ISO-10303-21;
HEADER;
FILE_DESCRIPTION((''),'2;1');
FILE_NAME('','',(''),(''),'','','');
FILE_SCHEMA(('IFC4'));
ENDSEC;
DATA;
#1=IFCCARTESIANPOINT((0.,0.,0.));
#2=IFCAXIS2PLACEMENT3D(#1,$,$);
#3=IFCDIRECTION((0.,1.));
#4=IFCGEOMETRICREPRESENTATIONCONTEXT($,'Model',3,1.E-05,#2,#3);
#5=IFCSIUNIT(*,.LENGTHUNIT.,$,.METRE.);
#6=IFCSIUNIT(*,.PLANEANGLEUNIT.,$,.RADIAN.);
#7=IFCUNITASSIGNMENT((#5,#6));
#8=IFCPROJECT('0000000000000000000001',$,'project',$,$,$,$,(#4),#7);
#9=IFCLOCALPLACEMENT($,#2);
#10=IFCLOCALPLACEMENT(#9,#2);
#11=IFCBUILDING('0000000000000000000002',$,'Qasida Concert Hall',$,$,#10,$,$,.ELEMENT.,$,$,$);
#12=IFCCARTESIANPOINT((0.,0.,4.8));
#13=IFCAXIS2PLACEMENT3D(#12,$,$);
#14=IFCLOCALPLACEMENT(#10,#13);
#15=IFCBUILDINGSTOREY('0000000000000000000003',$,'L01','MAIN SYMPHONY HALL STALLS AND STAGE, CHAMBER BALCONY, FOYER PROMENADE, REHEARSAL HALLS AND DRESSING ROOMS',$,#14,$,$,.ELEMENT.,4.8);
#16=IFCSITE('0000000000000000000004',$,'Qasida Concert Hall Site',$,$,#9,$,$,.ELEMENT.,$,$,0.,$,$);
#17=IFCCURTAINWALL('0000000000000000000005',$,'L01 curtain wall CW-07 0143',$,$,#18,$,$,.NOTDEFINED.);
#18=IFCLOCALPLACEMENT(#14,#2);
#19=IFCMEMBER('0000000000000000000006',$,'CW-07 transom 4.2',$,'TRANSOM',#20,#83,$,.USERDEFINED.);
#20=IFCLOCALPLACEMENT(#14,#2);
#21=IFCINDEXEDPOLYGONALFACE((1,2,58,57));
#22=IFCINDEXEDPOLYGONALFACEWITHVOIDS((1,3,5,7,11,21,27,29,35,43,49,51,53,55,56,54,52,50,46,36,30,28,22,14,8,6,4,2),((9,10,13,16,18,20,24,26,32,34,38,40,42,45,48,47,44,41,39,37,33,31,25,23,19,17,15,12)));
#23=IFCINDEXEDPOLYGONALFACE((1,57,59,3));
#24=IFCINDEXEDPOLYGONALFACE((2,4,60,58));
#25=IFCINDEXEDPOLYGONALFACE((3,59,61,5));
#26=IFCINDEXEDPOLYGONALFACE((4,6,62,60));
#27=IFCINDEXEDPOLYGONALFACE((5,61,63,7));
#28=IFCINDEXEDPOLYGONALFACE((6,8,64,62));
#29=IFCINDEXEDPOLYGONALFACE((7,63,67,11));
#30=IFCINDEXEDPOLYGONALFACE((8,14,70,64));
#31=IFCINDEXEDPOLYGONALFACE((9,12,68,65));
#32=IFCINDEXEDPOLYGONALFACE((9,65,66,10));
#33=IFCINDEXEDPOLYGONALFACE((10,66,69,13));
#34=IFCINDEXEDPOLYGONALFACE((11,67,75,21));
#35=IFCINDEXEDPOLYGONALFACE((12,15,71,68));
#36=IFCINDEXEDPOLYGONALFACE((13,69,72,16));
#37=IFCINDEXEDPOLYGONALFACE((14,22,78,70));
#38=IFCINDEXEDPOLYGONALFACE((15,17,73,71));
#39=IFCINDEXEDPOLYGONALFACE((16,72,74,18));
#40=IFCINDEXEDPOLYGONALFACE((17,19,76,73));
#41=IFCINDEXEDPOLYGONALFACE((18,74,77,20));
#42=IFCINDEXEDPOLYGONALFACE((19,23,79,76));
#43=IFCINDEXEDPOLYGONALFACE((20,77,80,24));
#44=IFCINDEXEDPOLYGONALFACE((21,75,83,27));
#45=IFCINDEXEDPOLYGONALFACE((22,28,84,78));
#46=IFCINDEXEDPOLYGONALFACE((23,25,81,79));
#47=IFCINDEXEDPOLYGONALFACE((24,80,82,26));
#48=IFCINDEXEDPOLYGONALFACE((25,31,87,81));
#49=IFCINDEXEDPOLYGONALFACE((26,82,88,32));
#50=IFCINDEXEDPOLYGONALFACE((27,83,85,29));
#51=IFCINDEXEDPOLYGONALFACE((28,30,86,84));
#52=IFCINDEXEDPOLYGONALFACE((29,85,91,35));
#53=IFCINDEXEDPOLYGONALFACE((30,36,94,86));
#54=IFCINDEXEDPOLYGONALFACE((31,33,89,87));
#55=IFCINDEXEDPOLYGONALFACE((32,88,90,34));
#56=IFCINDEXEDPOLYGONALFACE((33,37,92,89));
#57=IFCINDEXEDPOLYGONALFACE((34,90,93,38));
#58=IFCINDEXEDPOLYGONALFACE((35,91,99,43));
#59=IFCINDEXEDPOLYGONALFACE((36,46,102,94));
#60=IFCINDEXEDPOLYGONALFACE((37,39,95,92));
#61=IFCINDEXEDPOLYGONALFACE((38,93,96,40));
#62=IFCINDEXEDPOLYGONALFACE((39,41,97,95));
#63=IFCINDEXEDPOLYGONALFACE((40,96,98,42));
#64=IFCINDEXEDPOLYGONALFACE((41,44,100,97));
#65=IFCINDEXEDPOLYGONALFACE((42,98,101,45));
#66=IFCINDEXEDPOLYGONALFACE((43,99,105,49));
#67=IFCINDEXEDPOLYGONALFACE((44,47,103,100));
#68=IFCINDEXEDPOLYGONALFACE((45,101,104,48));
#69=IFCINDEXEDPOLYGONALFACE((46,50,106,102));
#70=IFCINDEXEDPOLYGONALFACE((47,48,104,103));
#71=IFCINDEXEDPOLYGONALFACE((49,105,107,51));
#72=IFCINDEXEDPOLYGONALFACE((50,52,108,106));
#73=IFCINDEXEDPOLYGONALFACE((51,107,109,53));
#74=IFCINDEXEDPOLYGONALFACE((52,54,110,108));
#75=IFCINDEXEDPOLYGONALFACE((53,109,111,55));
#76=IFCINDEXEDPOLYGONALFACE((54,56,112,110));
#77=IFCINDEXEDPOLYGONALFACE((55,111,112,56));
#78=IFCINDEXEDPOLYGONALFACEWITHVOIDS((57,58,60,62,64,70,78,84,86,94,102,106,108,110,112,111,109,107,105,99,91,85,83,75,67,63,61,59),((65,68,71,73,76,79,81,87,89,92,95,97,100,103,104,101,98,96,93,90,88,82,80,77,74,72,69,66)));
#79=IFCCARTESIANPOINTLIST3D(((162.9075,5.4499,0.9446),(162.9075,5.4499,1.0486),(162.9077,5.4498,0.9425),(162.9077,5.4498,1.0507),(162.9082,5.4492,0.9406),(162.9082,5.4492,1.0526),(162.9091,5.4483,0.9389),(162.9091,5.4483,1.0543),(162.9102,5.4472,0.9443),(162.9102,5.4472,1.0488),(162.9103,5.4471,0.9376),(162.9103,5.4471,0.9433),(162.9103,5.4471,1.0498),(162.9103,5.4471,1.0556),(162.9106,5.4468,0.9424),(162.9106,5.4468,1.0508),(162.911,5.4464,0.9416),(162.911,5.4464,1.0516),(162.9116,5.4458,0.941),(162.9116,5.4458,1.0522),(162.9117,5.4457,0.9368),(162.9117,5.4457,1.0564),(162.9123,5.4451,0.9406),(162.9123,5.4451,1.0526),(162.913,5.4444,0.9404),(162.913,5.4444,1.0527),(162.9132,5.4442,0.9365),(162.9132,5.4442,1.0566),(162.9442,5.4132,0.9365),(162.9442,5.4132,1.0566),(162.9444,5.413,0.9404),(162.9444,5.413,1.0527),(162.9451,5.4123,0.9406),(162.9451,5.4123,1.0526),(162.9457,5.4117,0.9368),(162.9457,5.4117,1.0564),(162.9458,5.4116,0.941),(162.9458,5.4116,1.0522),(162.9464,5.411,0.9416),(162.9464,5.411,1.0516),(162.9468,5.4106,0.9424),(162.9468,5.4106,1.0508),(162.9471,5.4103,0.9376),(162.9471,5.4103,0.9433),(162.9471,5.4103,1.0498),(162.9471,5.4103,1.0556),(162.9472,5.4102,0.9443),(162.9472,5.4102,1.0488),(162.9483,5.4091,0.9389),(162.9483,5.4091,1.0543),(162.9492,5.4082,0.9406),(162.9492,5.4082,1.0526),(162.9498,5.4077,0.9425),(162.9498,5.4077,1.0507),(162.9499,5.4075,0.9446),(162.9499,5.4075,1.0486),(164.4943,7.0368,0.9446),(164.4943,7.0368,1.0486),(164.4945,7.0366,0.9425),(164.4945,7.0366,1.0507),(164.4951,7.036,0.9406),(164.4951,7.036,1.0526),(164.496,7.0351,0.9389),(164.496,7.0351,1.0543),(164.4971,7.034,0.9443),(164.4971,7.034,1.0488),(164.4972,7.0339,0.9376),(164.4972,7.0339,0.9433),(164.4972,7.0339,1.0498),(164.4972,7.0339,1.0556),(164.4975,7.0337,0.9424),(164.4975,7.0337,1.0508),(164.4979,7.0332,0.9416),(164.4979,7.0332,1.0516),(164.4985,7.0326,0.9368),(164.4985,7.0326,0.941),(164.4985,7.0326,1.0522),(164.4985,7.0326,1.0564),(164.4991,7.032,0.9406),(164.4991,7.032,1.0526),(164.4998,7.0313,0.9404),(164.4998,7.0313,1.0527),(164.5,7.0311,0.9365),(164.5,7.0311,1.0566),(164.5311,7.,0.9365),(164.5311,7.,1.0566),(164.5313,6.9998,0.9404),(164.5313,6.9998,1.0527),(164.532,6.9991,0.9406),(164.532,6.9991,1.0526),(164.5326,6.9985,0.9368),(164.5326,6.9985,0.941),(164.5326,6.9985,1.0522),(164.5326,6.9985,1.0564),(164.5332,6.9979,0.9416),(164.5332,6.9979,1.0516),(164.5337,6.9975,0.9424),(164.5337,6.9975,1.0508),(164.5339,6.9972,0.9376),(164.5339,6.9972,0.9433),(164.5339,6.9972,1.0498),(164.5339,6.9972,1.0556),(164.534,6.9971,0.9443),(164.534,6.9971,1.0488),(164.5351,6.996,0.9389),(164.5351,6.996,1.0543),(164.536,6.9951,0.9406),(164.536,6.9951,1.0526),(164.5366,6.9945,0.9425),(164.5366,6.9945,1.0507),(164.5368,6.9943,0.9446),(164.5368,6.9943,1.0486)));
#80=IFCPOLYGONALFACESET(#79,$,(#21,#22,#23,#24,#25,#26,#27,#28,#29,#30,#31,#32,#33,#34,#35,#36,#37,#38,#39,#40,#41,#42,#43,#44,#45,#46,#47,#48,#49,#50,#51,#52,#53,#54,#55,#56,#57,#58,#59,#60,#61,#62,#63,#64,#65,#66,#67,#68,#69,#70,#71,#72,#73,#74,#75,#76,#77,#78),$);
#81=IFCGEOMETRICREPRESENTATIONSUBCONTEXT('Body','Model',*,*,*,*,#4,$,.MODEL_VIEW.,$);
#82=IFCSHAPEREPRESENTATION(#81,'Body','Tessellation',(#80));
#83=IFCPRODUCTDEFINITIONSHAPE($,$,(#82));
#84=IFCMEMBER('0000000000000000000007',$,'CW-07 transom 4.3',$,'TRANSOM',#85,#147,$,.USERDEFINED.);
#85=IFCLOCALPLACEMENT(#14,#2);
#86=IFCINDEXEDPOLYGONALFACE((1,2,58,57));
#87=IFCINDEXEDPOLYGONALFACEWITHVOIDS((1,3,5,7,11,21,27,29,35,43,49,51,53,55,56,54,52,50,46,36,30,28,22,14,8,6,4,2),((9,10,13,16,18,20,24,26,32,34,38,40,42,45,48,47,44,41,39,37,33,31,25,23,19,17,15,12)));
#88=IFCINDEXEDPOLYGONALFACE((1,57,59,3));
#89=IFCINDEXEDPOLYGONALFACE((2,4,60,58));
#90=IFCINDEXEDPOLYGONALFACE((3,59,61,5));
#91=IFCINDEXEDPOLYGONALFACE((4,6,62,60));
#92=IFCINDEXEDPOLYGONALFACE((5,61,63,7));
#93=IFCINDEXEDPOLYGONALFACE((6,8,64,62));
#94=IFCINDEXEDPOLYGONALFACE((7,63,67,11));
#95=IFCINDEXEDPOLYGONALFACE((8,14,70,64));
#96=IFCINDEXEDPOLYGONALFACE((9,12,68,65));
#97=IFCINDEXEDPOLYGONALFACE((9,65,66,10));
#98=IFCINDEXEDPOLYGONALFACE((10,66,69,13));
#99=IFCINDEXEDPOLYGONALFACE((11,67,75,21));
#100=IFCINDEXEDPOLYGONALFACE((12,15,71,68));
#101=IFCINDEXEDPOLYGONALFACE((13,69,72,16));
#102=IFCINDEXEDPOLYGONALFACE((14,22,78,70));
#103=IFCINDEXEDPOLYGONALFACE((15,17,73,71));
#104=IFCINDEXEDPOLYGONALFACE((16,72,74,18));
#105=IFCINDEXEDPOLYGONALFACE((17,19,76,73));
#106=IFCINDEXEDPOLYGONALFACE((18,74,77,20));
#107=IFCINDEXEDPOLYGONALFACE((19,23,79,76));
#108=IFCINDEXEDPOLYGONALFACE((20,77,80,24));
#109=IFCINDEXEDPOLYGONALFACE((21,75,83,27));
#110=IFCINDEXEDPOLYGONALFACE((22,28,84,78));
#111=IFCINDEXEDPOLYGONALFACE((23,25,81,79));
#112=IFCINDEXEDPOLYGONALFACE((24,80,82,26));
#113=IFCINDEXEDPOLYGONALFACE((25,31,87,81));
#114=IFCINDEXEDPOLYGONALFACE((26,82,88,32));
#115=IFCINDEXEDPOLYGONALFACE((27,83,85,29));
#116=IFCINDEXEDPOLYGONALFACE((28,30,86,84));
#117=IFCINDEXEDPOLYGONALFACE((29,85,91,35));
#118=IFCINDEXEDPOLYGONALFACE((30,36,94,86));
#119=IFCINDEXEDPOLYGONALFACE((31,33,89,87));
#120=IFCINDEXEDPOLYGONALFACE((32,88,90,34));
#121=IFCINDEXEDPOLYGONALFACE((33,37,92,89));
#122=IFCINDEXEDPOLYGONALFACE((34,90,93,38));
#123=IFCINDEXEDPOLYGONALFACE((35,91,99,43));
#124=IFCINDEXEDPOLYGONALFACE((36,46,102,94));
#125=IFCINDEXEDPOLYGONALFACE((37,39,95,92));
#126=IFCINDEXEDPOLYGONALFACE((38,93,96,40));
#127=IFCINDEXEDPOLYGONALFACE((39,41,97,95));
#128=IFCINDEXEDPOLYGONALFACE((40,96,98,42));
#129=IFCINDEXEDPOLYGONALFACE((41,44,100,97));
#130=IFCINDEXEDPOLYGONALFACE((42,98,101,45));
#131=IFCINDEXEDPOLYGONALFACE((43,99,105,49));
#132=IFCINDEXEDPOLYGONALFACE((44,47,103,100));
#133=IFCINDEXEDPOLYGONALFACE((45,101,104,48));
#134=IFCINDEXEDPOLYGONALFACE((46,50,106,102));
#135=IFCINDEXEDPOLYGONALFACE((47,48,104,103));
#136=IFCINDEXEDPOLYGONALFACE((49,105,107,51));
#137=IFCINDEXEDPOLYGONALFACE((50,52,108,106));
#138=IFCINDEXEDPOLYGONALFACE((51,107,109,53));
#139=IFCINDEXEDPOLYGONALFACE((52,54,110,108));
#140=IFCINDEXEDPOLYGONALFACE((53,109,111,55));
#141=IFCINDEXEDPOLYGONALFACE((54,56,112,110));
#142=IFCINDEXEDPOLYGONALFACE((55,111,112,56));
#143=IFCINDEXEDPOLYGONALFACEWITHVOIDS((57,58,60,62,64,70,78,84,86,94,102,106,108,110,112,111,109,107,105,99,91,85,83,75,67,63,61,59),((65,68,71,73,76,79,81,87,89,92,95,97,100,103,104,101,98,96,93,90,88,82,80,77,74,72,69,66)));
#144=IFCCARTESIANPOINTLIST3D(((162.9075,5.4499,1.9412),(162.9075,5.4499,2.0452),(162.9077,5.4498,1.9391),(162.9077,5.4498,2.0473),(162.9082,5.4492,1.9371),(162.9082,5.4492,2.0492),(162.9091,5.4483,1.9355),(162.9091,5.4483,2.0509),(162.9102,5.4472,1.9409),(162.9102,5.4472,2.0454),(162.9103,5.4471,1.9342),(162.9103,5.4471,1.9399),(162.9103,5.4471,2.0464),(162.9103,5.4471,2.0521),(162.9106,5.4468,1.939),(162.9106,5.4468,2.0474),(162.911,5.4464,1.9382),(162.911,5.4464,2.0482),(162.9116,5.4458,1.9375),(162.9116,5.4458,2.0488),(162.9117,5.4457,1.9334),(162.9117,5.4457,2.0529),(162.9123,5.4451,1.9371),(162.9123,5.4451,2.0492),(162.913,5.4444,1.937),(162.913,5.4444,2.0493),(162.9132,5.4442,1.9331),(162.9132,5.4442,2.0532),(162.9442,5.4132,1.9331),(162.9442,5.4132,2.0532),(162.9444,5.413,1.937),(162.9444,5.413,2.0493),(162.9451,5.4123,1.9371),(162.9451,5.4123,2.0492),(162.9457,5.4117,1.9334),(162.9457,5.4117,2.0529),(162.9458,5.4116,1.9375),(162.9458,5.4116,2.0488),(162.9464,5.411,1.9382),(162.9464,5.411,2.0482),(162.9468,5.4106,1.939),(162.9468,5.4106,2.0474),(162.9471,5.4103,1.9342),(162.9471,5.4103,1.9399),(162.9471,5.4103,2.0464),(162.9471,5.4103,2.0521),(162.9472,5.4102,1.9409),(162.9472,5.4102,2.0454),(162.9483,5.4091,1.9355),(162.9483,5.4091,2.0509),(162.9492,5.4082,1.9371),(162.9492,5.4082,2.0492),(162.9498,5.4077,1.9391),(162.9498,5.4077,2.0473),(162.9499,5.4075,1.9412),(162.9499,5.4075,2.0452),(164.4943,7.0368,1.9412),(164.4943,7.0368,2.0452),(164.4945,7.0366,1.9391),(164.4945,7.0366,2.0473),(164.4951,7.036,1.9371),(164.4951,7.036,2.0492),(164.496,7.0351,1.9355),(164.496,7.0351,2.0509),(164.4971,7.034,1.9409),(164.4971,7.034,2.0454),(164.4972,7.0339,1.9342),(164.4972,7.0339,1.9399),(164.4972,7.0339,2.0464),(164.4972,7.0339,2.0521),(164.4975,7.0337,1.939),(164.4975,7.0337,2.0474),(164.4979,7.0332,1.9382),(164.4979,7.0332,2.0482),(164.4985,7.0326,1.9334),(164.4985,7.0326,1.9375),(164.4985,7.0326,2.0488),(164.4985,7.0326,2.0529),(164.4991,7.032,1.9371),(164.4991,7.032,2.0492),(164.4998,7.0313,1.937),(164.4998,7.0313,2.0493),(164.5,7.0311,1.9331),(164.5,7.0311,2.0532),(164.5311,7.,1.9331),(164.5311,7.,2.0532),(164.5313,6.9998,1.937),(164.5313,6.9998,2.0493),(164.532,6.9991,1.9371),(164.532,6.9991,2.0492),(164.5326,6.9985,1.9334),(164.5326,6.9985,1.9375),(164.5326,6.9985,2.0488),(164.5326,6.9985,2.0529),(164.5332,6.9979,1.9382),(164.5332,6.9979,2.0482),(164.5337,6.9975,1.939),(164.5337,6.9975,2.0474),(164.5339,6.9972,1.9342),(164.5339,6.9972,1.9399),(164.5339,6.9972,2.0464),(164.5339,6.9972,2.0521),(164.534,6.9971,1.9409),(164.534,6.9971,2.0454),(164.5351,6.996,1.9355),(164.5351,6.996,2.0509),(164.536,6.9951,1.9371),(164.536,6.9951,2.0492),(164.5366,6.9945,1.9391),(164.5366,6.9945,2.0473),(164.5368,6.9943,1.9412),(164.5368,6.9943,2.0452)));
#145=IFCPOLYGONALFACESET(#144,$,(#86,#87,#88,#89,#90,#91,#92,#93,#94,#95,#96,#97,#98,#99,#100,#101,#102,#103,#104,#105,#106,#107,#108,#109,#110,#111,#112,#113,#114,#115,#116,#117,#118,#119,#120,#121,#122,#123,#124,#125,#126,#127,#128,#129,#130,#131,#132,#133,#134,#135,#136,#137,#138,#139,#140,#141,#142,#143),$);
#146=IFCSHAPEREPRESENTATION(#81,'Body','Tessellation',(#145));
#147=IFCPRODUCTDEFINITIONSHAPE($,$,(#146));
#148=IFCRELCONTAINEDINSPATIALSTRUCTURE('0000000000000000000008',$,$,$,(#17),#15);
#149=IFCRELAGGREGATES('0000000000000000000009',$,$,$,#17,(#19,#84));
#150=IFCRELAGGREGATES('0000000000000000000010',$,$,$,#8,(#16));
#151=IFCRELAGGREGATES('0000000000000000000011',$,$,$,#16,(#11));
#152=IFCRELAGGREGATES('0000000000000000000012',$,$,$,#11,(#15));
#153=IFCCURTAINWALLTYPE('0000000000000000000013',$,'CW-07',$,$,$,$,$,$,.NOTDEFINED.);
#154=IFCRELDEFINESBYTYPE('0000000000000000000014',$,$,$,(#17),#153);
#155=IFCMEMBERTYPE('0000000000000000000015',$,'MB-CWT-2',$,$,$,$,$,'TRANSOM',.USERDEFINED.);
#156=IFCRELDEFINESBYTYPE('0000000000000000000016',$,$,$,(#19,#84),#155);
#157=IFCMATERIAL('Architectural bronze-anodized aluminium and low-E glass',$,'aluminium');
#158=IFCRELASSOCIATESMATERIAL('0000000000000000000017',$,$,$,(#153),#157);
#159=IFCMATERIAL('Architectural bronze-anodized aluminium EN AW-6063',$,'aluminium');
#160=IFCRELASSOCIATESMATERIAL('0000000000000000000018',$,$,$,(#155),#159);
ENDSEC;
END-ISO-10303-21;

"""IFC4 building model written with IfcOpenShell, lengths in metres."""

from ifc_helpers import new_model, si_unit, direction, frame, origin, origin_2d, place, context, subcontext, project, spatial, hollow_rectangle, extrude, material, material_profile, profile_set, type_object, element, aggregate, save


model = new_model("IFC4")

# Units and contexts
model_context = context("Model", 3, precision=1e-05, world=origin(), true_north=direction((0.0, 1.0)))
body_context = subcontext(model_context, "Body", "Model", "MODEL_VIEW")
ifc_project = project(units=[si_unit("LENGTHUNIT", "METRE"), si_unit("PLANEANGLEUNIT", "RADIAN")], contexts=[model_context])

# Site, building, storey
site_placement = place(None, origin())
site = spatial("IfcSite", under=ifc_project, at=site_placement, Name="Qasida Concert Hall Site", CompositionType="ELEMENT", RefElevation=0.0)
building_placement = place(site_placement, origin())
building = spatial("IfcBuilding", under=site, at=building_placement, Name="Qasida Concert Hall", CompositionType="ELEMENT")
storey_placement = place(building_placement, frame((0.0, 0.0, 4.8)))
storey = spatial("IfcBuildingStorey", under=building, at=storey_placement, Name="L01", Description="MAIN SYMPHONY HALL STALLS AND STAGE, CHAMBER BALCONY, FOYER PROMENADE, REHEARSAL HALLS AND DRESSING ROOMS", CompositionType="ELEMENT", Elevation=4.8)

# Curtain wall, members
ifc_material_1 = material(Name="Architectural bronze-anodized aluminium and low-E glass", Category="aluminium")
curtain_wall_type = type_object("IfcCurtainWallType", Name="CW-07", PredefinedType="NOTDEFINED", material=ifc_material_1)
curtain_wall_placement = place(storey_placement, origin())
curtain_wall = element("IfcCurtainWall", 1, at=curtain_wall_placement, inside=storey, type_object=curtain_wall_type, Name="L01 curtain wall CW-07 0143", PredefinedType="NOTDEFINED")
ifc_material_2 = material(Name="Architectural bronze-anodized aluminium EN AW-6063", Category="aluminium")
ifc_material_profile_1 = material_profile(ifc_material_2, hollow_rectangle(XDim=0.0601, YDim=0.1201, WallThickness=0.0039, InnerFilletRadius=0.0039, OuterFilletRadius=0.0081, at=origin_2d()), Name="CWT 120x60x4")
ifc_profile_set_1 = profile_set([ifc_material_profile_1], Name="Architectural bronze-anodized aluminium EN AW-6063")
member_type_1 = type_object("IfcMemberType", Name="MB-CWT-2", ElementType="TRANSOM", PredefinedType="USERDEFINED", material=ifc_profile_set_1)
member_1_placement = place(storey_placement, frame((162.9287, 5.4287, 0.9966), z_axis=(0.707107, 0.707107, 0.0), x_axis=(-0.707107, 0.707107, 0.0)))
member_1 = element("IfcMember", 2, at=member_1_placement, type_object=member_type_1, Name="CW-07 transom 4.2", ObjectType="TRANSOM", PredefinedType="USERDEFINED", context=body_context, shape_type="SweptSolid", body=[
    extrude(hollow_rectangle(XDim=0.0601, YDim=0.1201, WallThickness=0.0039, InnerFilletRadius=0.0039, OuterFilletRadius=0.0081, at=origin_2d()), origin(), (0.0, 0.0, 1.0), 2.2441),
])
member_2_placement = place(storey_placement, frame((162.9287, 5.4287, 1.9932), z_axis=(0.707107, 0.707107, 0.0), x_axis=(-0.707107, 0.707107, 0.0)))
member_2 = element("IfcMember", 3, at=member_2_placement, type_object=member_type_1, Name="CW-07 transom 4.3", ObjectType="TRANSOM", PredefinedType="USERDEFINED", context=body_context, shape_type="SweptSolid", body=[
    extrude(hollow_rectangle(XDim=0.0601, YDim=0.1201, WallThickness=0.0039, InnerFilletRadius=0.0039, OuterFilletRadius=0.0081, at=origin_2d()), origin(), (0.0, 0.0, 1.0), 2.2441),
])
aggregate(curtain_wall, [member_1, member_2])

save(model, "model.ifc")
